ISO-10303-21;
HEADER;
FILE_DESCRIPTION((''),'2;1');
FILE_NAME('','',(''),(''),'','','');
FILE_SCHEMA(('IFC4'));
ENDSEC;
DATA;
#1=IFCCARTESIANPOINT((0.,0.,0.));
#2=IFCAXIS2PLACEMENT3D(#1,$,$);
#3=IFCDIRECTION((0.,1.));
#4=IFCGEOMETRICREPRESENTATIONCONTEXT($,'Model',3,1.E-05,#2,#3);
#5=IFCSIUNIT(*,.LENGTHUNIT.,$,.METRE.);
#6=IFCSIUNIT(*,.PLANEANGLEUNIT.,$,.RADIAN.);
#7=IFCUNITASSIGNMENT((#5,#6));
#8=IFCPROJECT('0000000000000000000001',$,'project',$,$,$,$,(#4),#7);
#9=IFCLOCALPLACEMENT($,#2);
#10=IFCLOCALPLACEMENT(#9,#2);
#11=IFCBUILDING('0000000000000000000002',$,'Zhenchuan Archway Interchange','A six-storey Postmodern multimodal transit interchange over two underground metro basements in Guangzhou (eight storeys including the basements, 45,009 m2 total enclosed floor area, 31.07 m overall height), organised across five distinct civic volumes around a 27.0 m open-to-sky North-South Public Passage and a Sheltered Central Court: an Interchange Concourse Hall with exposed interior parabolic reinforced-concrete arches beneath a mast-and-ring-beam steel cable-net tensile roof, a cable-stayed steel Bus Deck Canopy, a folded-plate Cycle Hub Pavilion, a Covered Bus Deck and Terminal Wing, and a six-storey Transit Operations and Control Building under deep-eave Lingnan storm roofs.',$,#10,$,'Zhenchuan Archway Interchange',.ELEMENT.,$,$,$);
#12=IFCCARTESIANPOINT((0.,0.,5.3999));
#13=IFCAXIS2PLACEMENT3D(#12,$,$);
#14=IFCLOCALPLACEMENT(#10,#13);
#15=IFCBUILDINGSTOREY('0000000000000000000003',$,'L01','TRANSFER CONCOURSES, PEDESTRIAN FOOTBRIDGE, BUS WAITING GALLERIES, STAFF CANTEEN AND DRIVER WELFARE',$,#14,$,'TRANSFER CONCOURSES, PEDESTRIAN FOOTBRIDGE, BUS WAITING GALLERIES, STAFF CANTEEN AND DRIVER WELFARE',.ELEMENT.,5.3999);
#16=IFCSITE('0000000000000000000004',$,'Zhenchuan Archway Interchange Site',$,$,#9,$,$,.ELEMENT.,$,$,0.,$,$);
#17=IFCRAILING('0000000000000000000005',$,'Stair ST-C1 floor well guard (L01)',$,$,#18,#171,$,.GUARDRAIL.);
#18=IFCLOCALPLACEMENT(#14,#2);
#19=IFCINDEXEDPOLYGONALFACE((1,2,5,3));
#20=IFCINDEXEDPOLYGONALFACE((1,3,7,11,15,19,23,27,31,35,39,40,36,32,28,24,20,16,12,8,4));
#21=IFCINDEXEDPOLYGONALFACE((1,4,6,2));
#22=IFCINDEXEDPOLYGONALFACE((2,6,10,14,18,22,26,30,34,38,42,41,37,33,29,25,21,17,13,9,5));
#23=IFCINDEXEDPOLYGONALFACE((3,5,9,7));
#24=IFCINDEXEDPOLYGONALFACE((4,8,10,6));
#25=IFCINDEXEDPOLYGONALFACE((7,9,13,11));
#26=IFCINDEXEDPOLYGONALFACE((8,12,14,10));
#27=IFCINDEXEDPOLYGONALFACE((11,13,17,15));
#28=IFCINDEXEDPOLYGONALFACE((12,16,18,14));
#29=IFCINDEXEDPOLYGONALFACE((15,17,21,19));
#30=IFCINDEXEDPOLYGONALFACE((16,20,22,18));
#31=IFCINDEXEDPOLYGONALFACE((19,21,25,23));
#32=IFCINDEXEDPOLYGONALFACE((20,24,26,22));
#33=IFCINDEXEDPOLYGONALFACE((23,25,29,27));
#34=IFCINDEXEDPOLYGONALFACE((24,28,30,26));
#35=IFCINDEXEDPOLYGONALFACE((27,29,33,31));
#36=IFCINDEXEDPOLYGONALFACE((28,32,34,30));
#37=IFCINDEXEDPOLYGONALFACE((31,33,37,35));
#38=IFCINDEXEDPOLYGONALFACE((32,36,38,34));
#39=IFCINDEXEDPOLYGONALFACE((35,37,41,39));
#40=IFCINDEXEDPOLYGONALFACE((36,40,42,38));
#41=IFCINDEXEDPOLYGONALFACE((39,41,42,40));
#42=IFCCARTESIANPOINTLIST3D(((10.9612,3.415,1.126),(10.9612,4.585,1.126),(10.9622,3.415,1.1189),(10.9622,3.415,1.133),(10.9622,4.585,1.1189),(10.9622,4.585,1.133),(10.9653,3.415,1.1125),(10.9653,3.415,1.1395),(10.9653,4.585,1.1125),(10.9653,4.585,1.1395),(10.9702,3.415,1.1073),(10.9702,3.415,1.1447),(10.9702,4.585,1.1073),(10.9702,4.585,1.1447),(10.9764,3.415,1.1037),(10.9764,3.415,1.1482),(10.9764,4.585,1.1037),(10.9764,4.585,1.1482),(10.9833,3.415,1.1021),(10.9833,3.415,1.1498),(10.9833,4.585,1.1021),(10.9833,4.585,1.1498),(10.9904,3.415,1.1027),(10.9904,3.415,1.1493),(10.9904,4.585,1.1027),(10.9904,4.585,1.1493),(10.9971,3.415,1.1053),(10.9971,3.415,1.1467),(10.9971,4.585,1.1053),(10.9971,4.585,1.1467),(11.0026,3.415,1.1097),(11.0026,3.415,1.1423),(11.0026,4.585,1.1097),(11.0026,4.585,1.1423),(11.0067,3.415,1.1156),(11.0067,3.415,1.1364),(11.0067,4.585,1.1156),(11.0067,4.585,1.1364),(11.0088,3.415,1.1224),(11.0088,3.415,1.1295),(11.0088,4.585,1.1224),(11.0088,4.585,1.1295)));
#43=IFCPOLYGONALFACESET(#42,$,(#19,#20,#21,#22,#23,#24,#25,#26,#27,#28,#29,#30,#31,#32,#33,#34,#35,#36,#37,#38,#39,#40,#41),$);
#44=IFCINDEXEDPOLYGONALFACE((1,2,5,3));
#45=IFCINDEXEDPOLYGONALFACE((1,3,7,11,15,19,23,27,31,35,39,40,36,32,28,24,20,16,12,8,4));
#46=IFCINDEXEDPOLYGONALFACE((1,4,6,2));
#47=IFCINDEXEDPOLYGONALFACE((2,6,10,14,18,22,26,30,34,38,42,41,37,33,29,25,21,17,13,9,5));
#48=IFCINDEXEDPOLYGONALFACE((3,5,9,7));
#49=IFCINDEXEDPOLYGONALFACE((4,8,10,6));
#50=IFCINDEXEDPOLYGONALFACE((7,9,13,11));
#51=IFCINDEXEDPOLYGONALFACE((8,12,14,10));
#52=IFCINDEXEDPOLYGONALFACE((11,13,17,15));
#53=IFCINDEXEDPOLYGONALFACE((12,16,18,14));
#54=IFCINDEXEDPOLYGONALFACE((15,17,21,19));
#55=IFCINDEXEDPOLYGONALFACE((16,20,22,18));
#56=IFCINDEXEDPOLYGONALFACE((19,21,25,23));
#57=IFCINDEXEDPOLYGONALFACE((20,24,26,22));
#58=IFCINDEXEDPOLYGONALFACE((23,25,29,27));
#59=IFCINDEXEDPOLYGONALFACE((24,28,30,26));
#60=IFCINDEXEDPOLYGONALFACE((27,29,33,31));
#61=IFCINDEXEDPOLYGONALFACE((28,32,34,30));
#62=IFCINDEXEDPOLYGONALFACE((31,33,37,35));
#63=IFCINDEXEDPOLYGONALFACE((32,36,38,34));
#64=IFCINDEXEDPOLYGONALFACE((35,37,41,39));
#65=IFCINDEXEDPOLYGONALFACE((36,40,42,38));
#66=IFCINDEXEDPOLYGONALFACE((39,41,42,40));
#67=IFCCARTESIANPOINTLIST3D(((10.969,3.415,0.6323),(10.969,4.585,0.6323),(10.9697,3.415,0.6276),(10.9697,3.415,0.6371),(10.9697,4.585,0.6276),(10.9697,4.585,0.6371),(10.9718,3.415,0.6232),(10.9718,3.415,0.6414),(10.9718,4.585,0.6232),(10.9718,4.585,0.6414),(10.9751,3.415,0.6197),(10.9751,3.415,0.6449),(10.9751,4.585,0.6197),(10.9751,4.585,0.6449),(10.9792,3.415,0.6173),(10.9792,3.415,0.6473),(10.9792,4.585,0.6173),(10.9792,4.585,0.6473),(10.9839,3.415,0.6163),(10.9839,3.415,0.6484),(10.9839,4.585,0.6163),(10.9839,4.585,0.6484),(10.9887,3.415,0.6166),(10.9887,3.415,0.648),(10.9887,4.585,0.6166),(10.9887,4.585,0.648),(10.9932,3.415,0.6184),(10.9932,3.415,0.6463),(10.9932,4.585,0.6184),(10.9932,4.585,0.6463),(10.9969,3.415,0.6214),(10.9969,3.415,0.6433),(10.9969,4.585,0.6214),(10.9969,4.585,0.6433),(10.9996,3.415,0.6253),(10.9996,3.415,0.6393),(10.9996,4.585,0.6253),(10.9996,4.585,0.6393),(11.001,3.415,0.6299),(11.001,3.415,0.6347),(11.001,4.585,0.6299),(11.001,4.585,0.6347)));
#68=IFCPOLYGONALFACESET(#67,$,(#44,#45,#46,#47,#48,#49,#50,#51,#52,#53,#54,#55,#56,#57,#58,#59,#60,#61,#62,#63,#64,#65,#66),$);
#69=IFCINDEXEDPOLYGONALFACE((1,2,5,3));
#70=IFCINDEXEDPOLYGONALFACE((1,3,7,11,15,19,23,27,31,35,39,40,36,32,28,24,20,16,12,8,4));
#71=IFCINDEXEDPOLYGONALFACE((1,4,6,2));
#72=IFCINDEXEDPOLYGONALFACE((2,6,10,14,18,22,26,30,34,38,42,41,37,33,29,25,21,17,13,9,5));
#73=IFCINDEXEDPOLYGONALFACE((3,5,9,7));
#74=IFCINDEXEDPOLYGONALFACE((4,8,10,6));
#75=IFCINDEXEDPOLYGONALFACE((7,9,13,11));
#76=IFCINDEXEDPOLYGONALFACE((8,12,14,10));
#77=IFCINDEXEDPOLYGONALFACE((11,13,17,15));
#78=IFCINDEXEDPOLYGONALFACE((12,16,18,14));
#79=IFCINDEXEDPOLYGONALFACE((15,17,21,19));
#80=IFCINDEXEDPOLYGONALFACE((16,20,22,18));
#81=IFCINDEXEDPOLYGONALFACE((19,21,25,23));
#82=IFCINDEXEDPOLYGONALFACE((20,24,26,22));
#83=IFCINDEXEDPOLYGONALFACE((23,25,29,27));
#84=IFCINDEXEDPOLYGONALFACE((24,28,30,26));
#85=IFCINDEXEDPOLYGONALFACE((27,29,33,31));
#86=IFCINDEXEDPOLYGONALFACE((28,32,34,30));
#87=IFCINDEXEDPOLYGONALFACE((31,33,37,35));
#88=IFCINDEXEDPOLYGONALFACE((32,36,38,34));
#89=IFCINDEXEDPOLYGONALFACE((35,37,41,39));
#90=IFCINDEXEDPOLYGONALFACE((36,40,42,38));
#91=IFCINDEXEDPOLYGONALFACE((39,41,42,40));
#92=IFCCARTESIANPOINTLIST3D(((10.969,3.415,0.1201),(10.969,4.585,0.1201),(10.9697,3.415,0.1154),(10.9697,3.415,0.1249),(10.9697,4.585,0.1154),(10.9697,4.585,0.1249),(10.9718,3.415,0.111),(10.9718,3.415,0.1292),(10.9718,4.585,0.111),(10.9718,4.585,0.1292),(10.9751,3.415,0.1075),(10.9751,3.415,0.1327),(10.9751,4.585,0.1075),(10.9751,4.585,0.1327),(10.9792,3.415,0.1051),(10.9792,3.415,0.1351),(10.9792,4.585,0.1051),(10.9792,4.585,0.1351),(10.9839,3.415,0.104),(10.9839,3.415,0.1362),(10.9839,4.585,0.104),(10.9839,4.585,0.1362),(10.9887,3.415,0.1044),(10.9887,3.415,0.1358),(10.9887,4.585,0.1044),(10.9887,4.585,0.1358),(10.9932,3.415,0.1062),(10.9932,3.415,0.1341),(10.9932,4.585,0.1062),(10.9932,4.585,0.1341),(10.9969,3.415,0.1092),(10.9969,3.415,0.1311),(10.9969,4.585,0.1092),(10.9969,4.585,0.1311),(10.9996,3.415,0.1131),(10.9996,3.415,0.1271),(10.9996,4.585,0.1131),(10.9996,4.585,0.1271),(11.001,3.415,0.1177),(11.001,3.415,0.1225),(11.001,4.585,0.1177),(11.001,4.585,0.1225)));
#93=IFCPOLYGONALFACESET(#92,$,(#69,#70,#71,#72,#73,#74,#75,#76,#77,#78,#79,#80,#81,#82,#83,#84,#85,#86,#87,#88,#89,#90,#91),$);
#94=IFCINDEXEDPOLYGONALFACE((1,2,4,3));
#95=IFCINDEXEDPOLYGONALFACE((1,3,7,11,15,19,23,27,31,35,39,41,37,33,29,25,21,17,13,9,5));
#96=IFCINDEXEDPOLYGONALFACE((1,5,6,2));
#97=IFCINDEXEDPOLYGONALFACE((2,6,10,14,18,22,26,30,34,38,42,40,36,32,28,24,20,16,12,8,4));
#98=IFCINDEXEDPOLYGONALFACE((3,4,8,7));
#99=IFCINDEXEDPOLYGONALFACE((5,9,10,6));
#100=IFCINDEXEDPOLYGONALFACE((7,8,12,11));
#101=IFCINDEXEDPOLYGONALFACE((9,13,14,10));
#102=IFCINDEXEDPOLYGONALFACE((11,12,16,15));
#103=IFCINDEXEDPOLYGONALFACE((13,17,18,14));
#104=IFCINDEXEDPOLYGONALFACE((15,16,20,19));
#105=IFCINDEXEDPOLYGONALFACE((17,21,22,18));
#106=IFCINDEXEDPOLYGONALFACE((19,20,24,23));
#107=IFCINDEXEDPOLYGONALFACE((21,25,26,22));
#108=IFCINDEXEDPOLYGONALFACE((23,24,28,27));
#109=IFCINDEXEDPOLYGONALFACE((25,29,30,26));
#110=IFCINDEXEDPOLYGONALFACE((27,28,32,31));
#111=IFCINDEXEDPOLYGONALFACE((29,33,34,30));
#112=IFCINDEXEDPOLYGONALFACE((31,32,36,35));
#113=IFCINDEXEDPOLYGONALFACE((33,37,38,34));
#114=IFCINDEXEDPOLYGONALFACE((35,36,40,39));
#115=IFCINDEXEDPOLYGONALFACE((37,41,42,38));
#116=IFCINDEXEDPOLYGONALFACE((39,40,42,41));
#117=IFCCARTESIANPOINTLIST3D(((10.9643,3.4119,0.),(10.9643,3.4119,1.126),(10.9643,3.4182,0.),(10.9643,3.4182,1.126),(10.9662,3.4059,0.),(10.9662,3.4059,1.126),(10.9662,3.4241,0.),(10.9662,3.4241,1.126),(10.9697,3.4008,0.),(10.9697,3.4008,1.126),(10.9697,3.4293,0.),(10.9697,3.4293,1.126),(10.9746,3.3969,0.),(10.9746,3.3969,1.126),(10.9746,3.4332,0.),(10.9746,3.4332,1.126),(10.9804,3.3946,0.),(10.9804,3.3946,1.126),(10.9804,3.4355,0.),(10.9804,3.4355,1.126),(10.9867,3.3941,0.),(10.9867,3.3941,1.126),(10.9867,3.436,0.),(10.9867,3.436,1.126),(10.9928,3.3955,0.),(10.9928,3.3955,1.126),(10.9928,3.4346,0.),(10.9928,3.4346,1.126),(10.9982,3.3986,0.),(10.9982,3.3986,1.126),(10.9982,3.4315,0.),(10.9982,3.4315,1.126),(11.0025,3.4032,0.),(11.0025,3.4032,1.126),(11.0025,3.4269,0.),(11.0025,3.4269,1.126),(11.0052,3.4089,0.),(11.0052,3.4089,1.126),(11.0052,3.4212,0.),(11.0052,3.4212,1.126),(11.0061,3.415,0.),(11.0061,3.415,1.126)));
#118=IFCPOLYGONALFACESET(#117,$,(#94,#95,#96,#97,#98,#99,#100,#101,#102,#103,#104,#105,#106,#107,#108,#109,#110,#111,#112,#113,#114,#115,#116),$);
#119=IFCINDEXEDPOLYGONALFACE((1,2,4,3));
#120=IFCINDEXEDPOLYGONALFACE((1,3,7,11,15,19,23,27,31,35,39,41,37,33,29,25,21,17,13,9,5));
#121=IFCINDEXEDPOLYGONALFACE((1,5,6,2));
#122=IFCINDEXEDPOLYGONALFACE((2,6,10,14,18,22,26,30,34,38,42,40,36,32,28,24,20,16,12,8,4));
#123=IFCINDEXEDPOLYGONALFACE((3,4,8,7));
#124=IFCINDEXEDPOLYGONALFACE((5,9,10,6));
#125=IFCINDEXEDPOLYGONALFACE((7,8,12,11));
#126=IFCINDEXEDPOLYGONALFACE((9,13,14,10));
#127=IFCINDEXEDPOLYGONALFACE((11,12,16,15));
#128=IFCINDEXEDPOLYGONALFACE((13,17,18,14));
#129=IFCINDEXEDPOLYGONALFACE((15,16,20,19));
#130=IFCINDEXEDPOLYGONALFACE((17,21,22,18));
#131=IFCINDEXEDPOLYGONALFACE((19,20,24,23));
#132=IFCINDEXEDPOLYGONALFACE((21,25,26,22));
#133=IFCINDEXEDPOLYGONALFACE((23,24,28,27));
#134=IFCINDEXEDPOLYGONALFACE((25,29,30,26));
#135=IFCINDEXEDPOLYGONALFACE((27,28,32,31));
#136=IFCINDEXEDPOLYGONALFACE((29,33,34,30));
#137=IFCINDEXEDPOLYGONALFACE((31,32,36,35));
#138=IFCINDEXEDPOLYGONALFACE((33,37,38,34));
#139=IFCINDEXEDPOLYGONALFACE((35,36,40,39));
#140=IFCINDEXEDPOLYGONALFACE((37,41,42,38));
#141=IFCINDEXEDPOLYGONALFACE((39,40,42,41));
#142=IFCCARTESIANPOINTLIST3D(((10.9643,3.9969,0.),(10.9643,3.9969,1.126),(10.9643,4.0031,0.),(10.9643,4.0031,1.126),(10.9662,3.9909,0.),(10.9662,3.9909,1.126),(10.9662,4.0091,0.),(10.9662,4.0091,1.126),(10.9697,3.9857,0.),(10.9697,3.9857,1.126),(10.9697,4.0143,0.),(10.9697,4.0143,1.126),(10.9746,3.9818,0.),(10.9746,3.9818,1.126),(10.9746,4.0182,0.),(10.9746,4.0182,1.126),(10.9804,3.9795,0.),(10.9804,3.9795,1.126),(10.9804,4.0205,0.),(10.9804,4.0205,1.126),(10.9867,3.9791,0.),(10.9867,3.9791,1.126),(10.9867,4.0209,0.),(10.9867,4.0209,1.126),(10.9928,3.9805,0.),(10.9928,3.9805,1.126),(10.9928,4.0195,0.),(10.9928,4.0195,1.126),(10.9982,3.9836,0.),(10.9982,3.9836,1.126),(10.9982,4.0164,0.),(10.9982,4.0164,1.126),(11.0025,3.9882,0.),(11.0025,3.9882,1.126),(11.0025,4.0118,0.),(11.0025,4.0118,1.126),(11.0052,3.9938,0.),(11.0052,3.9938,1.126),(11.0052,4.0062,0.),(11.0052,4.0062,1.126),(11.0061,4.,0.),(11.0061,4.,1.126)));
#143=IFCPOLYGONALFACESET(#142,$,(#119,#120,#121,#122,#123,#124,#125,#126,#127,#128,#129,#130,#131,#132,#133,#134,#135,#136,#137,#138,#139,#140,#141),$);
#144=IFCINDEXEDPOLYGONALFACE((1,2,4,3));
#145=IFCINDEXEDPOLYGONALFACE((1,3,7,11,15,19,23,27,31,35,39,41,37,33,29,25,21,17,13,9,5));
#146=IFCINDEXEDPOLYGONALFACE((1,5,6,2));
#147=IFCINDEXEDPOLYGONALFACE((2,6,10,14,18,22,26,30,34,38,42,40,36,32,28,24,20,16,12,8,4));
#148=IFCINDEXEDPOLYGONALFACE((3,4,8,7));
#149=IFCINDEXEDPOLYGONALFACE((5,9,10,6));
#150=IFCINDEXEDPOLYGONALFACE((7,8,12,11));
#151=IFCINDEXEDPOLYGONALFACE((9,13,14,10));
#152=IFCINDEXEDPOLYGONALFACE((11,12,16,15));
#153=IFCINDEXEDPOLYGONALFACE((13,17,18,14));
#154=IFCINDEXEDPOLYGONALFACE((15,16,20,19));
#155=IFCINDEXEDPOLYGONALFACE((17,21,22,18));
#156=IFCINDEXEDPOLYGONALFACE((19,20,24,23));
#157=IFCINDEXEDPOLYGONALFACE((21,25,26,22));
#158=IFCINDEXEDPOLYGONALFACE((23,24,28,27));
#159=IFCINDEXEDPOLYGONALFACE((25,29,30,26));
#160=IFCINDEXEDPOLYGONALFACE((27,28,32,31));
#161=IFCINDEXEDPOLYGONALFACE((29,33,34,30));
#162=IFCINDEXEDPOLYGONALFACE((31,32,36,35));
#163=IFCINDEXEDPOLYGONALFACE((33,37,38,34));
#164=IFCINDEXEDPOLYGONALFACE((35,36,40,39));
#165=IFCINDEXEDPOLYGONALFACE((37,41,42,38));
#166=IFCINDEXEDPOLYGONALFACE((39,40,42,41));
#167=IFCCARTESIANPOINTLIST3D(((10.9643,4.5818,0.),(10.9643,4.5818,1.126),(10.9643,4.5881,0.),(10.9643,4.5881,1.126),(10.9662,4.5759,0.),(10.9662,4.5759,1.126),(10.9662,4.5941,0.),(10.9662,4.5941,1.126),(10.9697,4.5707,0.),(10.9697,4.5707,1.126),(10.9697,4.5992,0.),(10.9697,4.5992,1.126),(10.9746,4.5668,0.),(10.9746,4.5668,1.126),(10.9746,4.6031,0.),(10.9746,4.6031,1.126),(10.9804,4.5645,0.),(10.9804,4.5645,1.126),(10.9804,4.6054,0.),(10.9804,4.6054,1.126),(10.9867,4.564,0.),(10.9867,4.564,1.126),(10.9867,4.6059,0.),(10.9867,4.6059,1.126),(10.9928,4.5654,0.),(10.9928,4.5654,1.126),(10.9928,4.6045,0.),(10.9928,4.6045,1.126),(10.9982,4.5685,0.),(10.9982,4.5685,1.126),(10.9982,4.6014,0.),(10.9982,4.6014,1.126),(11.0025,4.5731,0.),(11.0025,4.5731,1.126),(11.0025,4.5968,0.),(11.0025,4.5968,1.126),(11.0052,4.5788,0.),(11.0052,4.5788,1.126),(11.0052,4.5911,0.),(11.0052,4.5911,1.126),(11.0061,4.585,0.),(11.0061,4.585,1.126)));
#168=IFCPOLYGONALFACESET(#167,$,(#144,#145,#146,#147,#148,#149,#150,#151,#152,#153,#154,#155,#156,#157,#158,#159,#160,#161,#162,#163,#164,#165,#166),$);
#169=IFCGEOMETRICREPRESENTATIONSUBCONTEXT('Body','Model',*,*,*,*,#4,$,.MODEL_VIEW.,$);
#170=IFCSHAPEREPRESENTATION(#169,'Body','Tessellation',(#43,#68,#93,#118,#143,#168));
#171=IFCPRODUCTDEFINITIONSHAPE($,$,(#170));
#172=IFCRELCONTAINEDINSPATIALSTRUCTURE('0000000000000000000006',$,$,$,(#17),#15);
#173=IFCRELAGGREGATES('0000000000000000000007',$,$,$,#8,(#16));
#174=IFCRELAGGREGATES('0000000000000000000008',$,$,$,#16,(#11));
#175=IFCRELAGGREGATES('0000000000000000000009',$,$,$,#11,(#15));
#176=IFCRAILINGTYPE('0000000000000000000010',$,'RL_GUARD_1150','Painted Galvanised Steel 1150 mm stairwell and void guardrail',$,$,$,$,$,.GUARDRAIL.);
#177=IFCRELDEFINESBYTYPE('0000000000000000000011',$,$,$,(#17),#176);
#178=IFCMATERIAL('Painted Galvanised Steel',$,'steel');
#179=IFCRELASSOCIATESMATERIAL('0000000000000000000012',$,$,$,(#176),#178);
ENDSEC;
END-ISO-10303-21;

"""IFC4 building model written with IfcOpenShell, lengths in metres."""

from ifc_helpers import new_model, si_unit, direction, frame, origin, origin_2d, place, context, subcontext, project, spatial, circle, extrude, material, type_object, element, save


model = new_model("IFC4")

# Units and contexts
model_context = context("Model", 3, precision=1e-05, world=origin(), true_north=direction((0.0, 1.0)))
body_context = subcontext(model_context, "Body", "Model", "MODEL_VIEW")
ifc_project = project(units=[si_unit("LENGTHUNIT", "METRE"), si_unit("PLANEANGLEUNIT", "RADIAN")], contexts=[model_context])

# Site, building, storey
site_placement = place(None, origin())
site = spatial("IfcSite", under=ifc_project, at=site_placement, Name="Zhenchuan Archway Interchange Site", CompositionType="ELEMENT", RefElevation=0.0)
building_placement = place(site_placement, origin())
building = spatial("IfcBuilding", under=site, at=building_placement, Name="Zhenchuan Archway Interchange", Description="A six-storey Postmodern multimodal transit interchange over two underground metro basements in Guangzhou (eight storeys including the basements, 45,009 m2 total enclosed floor area, 31.07 m overall height), organised across five distinct civic volumes around a 27.0 m open-to-sky North-South Public Passage and a Sheltered Central Court: an Interchange Concourse Hall with exposed interior parabolic reinforced-concrete arches beneath a mast-and-ring-beam steel cable-net tensile roof, a cable-stayed steel Bus Deck Canopy, a folded-plate Cycle Hub Pavilion, a Covered Bus Deck and Terminal Wing, and a six-storey Transit Operations and Control Building under deep-eave Lingnan storm roofs.", LongName="Zhenchuan Archway Interchange", CompositionType="ELEMENT")
storey_placement = place(building_placement, frame((0.0, 0.0, 5.3999)))
storey = spatial("IfcBuildingStorey", under=building, at=storey_placement, Name="L01", Description="TRANSFER CONCOURSES, PEDESTRIAN FOOTBRIDGE, BUS WAITING GALLERIES, STAFF CANTEEN AND DRIVER WELFARE", LongName="TRANSFER CONCOURSES, PEDESTRIAN FOOTBRIDGE, BUS WAITING GALLERIES, STAFF CANTEEN AND DRIVER WELFARE", CompositionType="ELEMENT", Elevation=5.3999)

# Shared definitions
ifc_material_1 = material(Name="Painted Galvanised Steel", Category="steel")

# Railing
railing_type_1 = type_object("IfcRailingType", Name="RL_GUARD_1150", Description="Painted Galvanised Steel 1150 mm stairwell and void guardrail", PredefinedType="GUARDRAIL", material=ifc_material_1)
railing_placement = place(storey_placement, frame((10.9851, 3.415, 0.0)))
element("IfcRailing", 1, at=railing_placement, inside=storey, type_object=railing_type_1, Name="Stair ST-C1 floor well guard (L01)", PredefinedType="GUARDRAIL", context=body_context, shape_type="SweptSolid", body=[
    extrude(circle(Radius=0.0239, at=origin_2d()), frame((0.0, 0.0, 1.126), z_axis=(0.0, 1.0, 0.0), x_axis=(-1.0, 0.0, 0.0)), (0.0, 0.0, 1.0), 1.1699),
    extrude(circle(Radius=0.0161, at=origin_2d()), frame((0.0, 0.0, 0.6323), z_axis=(0.0, 1.0, 0.0), x_axis=(-1.0, 0.0, 0.0)), (0.0, 0.0, 1.0), 1.1699),
    extrude(circle(Radius=0.0161, at=origin_2d()), frame((0.0, 0.0, 0.1201), z_axis=(0.0, 1.0, 0.0), x_axis=(-1.0, 0.0, 0.0)), (0.0, 0.0, 1.0), 1.1699),
    extrude(circle(Radius=0.021, at=origin_2d()), origin(), (0.0, 0.0, 1.0), 1.126),
    extrude(circle(Radius=0.021, at=origin_2d()), frame((0.0, 0.585, 0.0)), (0.0, 0.0, 1.0), 1.126),
    extrude(circle(Radius=0.021, at=origin_2d()), frame((0.0, 1.1699, 0.0)), (0.0, 0.0, 1.0), 1.126),
])

save(model, "model.ifc")
